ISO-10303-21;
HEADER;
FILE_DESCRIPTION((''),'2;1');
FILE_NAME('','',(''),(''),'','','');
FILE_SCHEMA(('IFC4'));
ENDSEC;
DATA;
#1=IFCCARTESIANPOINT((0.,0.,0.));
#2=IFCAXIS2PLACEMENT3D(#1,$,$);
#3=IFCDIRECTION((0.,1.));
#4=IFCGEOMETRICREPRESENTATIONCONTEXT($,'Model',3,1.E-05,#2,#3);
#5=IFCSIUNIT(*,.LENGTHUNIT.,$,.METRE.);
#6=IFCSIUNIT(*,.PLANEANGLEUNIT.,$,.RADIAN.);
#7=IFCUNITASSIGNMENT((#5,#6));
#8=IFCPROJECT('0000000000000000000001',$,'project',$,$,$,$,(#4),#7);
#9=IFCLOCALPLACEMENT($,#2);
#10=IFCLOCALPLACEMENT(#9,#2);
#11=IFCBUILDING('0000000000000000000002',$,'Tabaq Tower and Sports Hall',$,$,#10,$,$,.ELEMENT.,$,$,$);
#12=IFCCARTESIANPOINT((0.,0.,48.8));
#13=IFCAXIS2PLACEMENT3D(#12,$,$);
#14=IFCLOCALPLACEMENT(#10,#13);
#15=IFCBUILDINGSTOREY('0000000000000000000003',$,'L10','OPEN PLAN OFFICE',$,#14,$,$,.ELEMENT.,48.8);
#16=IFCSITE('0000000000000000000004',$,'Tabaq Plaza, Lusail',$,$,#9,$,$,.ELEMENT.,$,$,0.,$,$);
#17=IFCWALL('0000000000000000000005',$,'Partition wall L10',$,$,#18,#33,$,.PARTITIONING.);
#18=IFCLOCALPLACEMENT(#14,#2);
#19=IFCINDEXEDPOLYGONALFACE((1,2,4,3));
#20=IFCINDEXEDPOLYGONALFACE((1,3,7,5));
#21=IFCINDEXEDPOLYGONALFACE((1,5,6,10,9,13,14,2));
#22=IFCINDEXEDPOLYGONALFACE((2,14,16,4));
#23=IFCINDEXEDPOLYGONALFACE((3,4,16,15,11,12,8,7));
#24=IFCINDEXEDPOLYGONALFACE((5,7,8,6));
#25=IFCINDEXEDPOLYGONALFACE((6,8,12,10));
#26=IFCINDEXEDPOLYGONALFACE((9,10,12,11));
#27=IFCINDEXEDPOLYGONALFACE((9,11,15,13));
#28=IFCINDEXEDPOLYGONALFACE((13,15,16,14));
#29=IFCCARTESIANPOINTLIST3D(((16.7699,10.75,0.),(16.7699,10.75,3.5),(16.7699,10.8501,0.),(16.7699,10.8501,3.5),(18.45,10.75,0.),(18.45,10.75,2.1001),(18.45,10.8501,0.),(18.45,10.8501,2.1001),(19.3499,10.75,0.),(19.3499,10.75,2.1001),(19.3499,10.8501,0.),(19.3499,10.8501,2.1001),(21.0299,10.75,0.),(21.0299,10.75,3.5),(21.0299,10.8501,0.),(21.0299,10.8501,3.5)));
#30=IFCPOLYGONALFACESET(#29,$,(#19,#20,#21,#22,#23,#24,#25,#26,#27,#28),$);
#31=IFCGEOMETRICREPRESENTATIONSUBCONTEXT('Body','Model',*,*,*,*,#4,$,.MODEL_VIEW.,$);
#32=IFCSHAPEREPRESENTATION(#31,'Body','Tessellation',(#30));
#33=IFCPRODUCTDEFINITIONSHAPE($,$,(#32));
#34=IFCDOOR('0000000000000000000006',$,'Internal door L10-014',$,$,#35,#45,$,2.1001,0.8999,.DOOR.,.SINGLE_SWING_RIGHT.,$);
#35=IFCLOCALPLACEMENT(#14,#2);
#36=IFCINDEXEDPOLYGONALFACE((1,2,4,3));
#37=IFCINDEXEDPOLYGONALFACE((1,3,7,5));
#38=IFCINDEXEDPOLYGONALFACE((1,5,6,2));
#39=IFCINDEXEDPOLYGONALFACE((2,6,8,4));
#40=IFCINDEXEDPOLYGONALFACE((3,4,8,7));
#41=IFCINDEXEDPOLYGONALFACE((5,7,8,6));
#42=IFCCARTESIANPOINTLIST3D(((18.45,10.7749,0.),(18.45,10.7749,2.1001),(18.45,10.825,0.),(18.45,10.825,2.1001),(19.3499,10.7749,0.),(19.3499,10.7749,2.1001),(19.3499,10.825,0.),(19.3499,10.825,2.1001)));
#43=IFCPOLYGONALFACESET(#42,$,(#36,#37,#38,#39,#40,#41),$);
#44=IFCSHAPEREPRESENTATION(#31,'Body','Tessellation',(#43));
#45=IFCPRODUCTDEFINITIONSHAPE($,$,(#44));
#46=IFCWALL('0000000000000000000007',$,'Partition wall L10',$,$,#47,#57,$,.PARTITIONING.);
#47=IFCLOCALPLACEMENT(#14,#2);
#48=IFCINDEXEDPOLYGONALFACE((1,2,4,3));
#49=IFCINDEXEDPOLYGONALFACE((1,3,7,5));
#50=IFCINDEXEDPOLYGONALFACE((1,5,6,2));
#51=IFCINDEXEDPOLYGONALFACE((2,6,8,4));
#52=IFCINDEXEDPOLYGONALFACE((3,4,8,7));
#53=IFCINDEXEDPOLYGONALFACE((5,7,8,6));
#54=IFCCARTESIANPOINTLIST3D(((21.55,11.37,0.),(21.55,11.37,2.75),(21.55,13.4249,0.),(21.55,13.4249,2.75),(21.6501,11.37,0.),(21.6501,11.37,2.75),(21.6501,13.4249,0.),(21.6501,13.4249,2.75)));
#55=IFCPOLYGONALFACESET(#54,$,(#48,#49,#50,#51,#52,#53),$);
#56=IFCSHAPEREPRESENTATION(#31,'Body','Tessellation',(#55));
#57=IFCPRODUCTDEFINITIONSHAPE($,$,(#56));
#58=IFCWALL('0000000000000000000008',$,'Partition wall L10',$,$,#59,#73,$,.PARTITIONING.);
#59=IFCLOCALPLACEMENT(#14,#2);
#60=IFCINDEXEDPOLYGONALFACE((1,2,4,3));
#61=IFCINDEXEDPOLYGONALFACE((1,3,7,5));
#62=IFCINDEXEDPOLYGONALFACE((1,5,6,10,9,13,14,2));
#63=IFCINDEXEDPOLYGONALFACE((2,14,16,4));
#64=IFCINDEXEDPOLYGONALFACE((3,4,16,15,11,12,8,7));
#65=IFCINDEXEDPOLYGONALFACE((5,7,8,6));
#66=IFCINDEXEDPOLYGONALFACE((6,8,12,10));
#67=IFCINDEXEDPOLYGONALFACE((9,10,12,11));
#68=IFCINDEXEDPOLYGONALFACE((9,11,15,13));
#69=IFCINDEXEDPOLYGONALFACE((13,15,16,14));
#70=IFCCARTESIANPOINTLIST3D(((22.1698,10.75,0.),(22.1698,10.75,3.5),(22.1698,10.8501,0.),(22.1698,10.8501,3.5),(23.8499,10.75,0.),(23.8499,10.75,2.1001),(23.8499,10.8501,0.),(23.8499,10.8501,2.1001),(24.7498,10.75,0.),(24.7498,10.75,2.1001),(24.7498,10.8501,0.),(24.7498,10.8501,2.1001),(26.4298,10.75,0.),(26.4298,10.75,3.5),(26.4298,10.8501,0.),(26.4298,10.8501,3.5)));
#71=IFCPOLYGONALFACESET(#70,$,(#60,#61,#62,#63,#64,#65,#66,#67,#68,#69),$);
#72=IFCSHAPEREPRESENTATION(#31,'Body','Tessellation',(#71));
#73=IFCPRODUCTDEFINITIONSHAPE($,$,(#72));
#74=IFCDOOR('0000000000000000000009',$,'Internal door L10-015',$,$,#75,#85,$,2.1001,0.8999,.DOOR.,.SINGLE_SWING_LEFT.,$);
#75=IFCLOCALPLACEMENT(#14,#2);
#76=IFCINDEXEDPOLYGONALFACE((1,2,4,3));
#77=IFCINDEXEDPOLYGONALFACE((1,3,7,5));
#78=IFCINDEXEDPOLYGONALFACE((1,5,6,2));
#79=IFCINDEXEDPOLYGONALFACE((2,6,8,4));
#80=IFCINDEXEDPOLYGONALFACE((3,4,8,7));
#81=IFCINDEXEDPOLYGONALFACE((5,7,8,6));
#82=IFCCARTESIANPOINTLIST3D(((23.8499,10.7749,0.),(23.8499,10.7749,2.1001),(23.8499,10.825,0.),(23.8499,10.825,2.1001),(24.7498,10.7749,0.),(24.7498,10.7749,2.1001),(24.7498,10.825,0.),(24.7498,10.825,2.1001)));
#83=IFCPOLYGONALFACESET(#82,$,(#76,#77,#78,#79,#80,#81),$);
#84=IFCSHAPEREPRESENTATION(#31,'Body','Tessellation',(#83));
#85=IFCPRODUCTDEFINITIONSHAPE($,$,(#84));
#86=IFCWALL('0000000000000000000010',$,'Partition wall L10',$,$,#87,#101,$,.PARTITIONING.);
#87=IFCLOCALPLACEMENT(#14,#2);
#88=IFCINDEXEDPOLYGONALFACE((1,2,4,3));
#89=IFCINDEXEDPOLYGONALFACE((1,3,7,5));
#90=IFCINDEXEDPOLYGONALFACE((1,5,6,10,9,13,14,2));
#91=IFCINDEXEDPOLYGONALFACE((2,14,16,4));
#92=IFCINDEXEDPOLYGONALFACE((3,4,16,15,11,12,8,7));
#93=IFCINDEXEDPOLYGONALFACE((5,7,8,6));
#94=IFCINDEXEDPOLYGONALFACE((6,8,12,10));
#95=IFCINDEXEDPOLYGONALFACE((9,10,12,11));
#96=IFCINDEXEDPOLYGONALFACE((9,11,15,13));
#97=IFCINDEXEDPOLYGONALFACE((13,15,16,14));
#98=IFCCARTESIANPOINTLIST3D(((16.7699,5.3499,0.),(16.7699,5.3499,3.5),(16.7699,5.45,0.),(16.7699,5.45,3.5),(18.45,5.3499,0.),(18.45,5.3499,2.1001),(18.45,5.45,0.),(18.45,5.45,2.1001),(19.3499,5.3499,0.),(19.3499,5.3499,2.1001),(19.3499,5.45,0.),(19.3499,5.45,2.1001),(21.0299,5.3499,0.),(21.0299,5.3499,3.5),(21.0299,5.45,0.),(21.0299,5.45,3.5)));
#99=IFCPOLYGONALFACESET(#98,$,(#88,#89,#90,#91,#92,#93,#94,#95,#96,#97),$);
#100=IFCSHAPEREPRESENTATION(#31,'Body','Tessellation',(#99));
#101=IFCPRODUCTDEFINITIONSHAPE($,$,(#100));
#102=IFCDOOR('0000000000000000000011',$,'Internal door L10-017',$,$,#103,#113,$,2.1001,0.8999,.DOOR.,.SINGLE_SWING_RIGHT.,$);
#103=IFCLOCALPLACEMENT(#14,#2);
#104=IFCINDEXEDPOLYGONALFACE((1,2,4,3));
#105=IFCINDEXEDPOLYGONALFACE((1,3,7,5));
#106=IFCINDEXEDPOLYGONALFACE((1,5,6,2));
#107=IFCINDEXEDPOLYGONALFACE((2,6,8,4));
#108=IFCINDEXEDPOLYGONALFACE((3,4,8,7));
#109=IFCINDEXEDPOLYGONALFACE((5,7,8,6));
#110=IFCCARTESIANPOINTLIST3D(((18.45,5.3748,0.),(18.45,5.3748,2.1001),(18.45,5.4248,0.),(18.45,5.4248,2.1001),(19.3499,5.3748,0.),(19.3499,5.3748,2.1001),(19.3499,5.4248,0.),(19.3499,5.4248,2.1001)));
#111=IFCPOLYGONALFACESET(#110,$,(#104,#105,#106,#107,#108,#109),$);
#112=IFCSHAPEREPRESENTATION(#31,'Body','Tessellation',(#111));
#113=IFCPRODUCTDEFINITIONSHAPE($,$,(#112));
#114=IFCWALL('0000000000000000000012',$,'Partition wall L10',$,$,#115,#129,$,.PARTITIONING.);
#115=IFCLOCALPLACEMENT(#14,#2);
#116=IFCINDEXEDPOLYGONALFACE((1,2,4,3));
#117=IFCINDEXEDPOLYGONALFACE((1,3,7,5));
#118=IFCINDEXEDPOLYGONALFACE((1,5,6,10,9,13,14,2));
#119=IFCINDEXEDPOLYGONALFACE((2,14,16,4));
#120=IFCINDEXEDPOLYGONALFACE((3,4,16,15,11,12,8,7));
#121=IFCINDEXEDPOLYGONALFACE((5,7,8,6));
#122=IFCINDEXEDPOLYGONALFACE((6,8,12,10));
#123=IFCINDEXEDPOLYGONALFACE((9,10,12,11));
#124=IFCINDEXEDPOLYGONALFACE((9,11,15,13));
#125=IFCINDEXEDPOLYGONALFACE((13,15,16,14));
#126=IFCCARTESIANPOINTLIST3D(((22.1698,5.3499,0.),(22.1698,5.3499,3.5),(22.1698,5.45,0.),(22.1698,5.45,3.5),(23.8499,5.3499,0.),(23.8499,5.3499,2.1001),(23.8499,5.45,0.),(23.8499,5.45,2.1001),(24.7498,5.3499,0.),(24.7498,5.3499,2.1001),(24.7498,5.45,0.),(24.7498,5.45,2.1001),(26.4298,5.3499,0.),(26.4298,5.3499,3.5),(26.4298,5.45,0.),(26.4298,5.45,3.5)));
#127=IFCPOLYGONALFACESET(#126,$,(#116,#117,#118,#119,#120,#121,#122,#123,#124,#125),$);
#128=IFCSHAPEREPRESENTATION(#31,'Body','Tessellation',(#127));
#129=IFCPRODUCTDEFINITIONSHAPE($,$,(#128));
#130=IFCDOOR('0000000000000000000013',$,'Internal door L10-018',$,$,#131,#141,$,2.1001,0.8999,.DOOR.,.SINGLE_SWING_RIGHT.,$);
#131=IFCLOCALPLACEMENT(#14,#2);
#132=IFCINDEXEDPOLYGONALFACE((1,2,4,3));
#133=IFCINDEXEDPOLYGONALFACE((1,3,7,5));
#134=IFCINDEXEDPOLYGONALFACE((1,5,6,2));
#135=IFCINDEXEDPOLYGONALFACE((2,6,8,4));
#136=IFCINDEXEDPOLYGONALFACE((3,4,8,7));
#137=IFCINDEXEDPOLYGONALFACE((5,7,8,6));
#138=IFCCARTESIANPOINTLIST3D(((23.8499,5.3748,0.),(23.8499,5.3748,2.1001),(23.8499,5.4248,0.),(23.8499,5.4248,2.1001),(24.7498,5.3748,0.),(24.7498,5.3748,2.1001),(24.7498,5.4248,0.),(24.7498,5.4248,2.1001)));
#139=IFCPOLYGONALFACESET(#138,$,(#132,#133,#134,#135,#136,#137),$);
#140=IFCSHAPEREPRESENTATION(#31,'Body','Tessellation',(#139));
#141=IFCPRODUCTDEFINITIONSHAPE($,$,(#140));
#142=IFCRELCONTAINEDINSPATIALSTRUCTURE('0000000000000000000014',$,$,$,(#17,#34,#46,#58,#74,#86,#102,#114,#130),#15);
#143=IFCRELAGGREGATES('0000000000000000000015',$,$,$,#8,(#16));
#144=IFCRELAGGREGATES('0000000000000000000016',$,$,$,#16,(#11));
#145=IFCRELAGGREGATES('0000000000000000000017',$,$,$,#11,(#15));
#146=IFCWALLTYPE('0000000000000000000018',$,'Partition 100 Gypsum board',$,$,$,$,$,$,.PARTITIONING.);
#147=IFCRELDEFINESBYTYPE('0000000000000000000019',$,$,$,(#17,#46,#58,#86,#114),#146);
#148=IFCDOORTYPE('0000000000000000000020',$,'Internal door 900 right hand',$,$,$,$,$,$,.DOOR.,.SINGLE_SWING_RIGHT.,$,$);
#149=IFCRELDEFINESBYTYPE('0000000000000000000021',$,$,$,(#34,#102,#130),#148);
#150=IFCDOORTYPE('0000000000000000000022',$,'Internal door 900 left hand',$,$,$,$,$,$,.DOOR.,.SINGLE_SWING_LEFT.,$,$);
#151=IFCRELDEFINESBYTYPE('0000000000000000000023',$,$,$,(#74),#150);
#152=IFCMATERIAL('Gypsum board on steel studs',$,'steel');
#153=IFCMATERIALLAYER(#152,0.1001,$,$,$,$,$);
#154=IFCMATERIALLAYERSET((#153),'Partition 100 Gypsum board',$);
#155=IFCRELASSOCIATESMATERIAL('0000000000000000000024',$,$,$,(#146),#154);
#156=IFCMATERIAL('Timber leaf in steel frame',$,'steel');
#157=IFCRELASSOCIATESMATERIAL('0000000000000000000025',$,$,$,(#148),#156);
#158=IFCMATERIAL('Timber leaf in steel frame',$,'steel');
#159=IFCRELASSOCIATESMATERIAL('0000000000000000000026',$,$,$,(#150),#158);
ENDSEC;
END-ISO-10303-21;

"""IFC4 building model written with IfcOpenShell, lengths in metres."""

from ifc_helpers import new_model, si_unit, direction, frame, frame_2d, origin, place, context, subcontext, project, spatial, rectangle, extrude, material, layer, layer_set, type_object, element, fill, save


model = new_model("IFC4")

# Units and contexts
model_context = context("Model", 3, precision=1e-05, world=origin(), true_north=direction((0.0, 1.0)))
body_context = subcontext(model_context, "Body", "Model", "MODEL_VIEW")
ifc_project = project(units=[si_unit("LENGTHUNIT", "METRE"), si_unit("PLANEANGLEUNIT", "RADIAN")], contexts=[model_context])

# Site, building, storey
site_placement = place(None, origin())
site = spatial("IfcSite", under=ifc_project, at=site_placement, Name="Tabaq Plaza, Lusail", CompositionType="ELEMENT", RefElevation=0.0)
building_placement = place(site_placement, origin())
building = spatial("IfcBuilding", under=site, at=building_placement, Name="Tabaq Tower and Sports Hall", CompositionType="ELEMENT")
storey_placement = place(building_placement, frame((0.0, 0.0, 48.8)))
storey = spatial("IfcBuildingStorey", under=building, at=storey_placement, Name="L10", Description="OPEN PLAN OFFICE", CompositionType="ELEMENT", Elevation=48.8)

# Shared definitions
ifc_material_1 = material(Name="Gypsum board on steel studs", Category="steel")
ifc_layer = layer(ifc_material_1, 0.1001)
ifc_layer_set = layer_set([ifc_layer], Name="Partition 100 Gypsum board")
wall_type = type_object("IfcWallType", Name="Partition 100 Gypsum board", PredefinedType="PARTITIONING", material=ifc_layer_set)

# Shared definitions
ifc_material_2 = material(Name="Timber leaf in steel frame", Category="steel")
door_type_1 = type_object("IfcDoorType", Name="Internal door 900 right hand", OperationType="SINGLE_SWING_RIGHT", PredefinedType="DOOR", material=ifc_material_2)

# Wall, opening, door
wall_1_placement = place(storey_placement, frame((16.77, 10.8, 0.0), z_axis=(0.0, 0.0, 1.0), x_axis=(1.0, 0.0, 0.0)))
wall_1 = element("IfcWall", 1, at=wall_1_placement, inside=storey, type_object=wall_type, Name="Partition wall L10", PredefinedType="PARTITIONING", context=body_context, shape_type="SweptSolid", body=[
    extrude(rectangle(XDim=4.26, YDim=0.1001, at=frame_2d((2.1299, 0.0))), origin(), (0.0, 0.0, 1.0), 3.5),
])
opening_1_placement = place(wall_1_placement, frame((1.6799, 0.0, 0.0)))
opening_1 = element("IfcOpeningElement", 2, at=opening_1_placement, cuts=wall_1, PredefinedType="OPENING", context=body_context, shape_type="SweptSolid", body=[
    extrude(rectangle(XDim=0.8999, YDim=2.1001, at=frame_2d((0.45, 1.05))), frame((0.0, 0.05, 0.0), z_axis=(0.0, -1.0, 0.0), x_axis=(1.0, 0.0, 0.0)), (0.0, 0.0, 1.0), 0.1001),
])
door_1_placement = place(opening_1_placement, origin())
door_1 = element("IfcDoor", 3, at=door_1_placement, inside=storey, type_object=door_type_1, Name="Internal door L10-014", OperationType="SINGLE_SWING_RIGHT", OverallHeight=2.1001, OverallWidth=0.8999, PredefinedType="DOOR", context=body_context, shape_type="SweptSolid", body=[
    extrude(rectangle(XDim=0.8999, YDim=2.1001, at=frame_2d((0.45, 1.05))), frame((0.0, 0.0249, 0.0), z_axis=(0.0, -1.0, 0.0), x_axis=(1.0, 0.0, 0.0)), (0.0, 0.0, 1.0), 0.05),
])
fill(opening_1, door_1)

# Wall
wall_2_placement = place(storey_placement, frame((21.6001, 11.3701, 0.0), z_axis=(0.0, 0.0, 1.0), x_axis=(0.0, 1.0, 0.0)))
element("IfcWall", 4, at=wall_2_placement, inside=storey, type_object=wall_type, Name="Partition wall L10", PredefinedType="PARTITIONING", context=body_context, shape_type="SweptSolid", body=[
    extrude(rectangle(XDim=2.0549, YDim=0.1001, at=frame_2d((1.0273, 0.0))), origin(), (0.0, 0.0, 1.0), 2.75),
])

# Walls, openings, doors
wall_3_placement = place(storey_placement, frame((22.1699, 10.8, 0.0), z_axis=(0.0, 0.0, 1.0), x_axis=(1.0, 0.0, 0.0)))
wall_3 = element("IfcWall", 5, at=wall_3_placement, inside=storey, type_object=wall_type, Name="Partition wall L10", PredefinedType="PARTITIONING", context=body_context, shape_type="SweptSolid", body=[
    extrude(rectangle(XDim=4.26, YDim=0.1001, at=frame_2d((2.1299, 0.0))), origin(), (0.0, 0.0, 1.0), 3.5),
])
opening_2_placement = place(wall_3_placement, frame((1.6799, 0.0, 0.0)))
opening_2 = element("IfcOpeningElement", 6, at=opening_2_placement, cuts=wall_3, PredefinedType="OPENING", context=body_context, shape_type="SweptSolid", body=[
    extrude(rectangle(XDim=0.8999, YDim=2.1001, at=frame_2d((0.45, 1.05))), frame((0.0, 0.05, 0.0), z_axis=(0.0, -1.0, 0.0), x_axis=(1.0, 0.0, 0.0)), (0.0, 0.0, 1.0), 0.1001),
])
ifc_material_3 = material(Name="Timber leaf in steel frame", Category="steel")
door_type_2 = type_object("IfcDoorType", Name="Internal door 900 left hand", OperationType="SINGLE_SWING_LEFT", PredefinedType="DOOR", material=ifc_material_3)
door_2_placement = place(opening_2_placement, origin())
door_2 = element("IfcDoor", 7, at=door_2_placement, inside=storey, type_object=door_type_2, Name="Internal door L10-015", OperationType="SINGLE_SWING_LEFT", OverallHeight=2.1001, OverallWidth=0.8999, PredefinedType="DOOR", context=body_context, shape_type="SweptSolid", body=[
    extrude(rectangle(XDim=0.8999, YDim=2.1001, at=frame_2d((0.45, 1.05))), frame((0.0, 0.0249, 0.0), z_axis=(0.0, -1.0, 0.0), x_axis=(1.0, 0.0, 0.0)), (0.0, 0.0, 1.0), 0.05),
])
fill(opening_2, door_2)
wall_4_placement = place(storey_placement, frame((16.77, 5.3999, 0.0), z_axis=(0.0, 0.0, 1.0), x_axis=(1.0, 0.0, 0.0)))
wall_4 = element("IfcWall", 8, at=wall_4_placement, inside=storey, type_object=wall_type, Name="Partition wall L10", PredefinedType="PARTITIONING", context=body_context, shape_type="SweptSolid", body=[
    extrude(rectangle(XDim=4.26, YDim=0.1001, at=frame_2d((2.1299, 0.0))), origin(), (0.0, 0.0, 1.0), 3.5),
])
opening_3_placement = place(wall_4_placement, frame((1.6799, 0.0, 0.0)))
opening_3 = element("IfcOpeningElement", 9, at=opening_3_placement, cuts=wall_4, PredefinedType="OPENING", context=body_context, shape_type="SweptSolid", body=[
    extrude(rectangle(XDim=0.8999, YDim=2.1001, at=frame_2d((0.45, 1.05))), frame((0.0, 0.05, 0.0), z_axis=(0.0, -1.0, 0.0), x_axis=(1.0, 0.0, 0.0)), (0.0, 0.0, 1.0), 0.1001),
])
door_3_placement = place(opening_3_placement, origin())
door_3 = element("IfcDoor", 10, at=door_3_placement, inside=storey, type_object=door_type_1, Name="Internal door L10-017", OperationType="SINGLE_SWING_RIGHT", OverallHeight=2.1001, OverallWidth=0.8999, PredefinedType="DOOR", context=body_context, shape_type="SweptSolid", body=[
    extrude(rectangle(XDim=0.8999, YDim=2.1001, at=frame_2d((0.45, 1.05))), frame((0.0, 0.0249, 0.0), z_axis=(0.0, -1.0, 0.0), x_axis=(1.0, 0.0, 0.0)), (0.0, 0.0, 1.0), 0.05),
])
fill(opening_3, door_3)
wall_5_placement = place(storey_placement, frame((22.1699, 5.3999, 0.0), z_axis=(0.0, 0.0, 1.0), x_axis=(1.0, 0.0, 0.0)))
wall_5 = element("IfcWall", 11, at=wall_5_placement, inside=storey, type_object=wall_type, Name="Partition wall L10", PredefinedType="PARTITIONING", context=body_context, shape_type="SweptSolid", body=[
    extrude(rectangle(XDim=4.26, YDim=0.1001, at=frame_2d((2.1299, 0.0))), origin(), (0.0, 0.0, 1.0), 3.5),
])
opening_4_placement = place(wall_5_placement, frame((1.6799, 0.0, 0.0)))
opening_4 = element("IfcOpeningElement", 12, at=opening_4_placement, cuts=wall_5, PredefinedType="OPENING", context=body_context, shape_type="SweptSolid", body=[
    extrude(rectangle(XDim=0.8999, YDim=2.1001, at=frame_2d((0.45, 1.05))), frame((0.0, 0.05, 0.0), z_axis=(0.0, -1.0, 0.0), x_axis=(1.0, 0.0, 0.0)), (0.0, 0.0, 1.0), 0.1001),
])
door_4_placement = place(opening_4_placement, origin())
door_4 = element("IfcDoor", 13, at=door_4_placement, inside=storey, type_object=door_type_1, Name="Internal door L10-018", OperationType="SINGLE_SWING_RIGHT", OverallHeight=2.1001, OverallWidth=0.8999, PredefinedType="DOOR", context=body_context, shape_type="SweptSolid", body=[
    extrude(rectangle(XDim=0.8999, YDim=2.1001, at=frame_2d((0.45, 1.05))), frame((0.0, 0.0249, 0.0), z_axis=(0.0, -1.0, 0.0), x_axis=(1.0, 0.0, 0.0)), (0.0, 0.0, 1.0), 0.05),
])
fill(opening_4, door_4)

save(model, "model.ifc")
